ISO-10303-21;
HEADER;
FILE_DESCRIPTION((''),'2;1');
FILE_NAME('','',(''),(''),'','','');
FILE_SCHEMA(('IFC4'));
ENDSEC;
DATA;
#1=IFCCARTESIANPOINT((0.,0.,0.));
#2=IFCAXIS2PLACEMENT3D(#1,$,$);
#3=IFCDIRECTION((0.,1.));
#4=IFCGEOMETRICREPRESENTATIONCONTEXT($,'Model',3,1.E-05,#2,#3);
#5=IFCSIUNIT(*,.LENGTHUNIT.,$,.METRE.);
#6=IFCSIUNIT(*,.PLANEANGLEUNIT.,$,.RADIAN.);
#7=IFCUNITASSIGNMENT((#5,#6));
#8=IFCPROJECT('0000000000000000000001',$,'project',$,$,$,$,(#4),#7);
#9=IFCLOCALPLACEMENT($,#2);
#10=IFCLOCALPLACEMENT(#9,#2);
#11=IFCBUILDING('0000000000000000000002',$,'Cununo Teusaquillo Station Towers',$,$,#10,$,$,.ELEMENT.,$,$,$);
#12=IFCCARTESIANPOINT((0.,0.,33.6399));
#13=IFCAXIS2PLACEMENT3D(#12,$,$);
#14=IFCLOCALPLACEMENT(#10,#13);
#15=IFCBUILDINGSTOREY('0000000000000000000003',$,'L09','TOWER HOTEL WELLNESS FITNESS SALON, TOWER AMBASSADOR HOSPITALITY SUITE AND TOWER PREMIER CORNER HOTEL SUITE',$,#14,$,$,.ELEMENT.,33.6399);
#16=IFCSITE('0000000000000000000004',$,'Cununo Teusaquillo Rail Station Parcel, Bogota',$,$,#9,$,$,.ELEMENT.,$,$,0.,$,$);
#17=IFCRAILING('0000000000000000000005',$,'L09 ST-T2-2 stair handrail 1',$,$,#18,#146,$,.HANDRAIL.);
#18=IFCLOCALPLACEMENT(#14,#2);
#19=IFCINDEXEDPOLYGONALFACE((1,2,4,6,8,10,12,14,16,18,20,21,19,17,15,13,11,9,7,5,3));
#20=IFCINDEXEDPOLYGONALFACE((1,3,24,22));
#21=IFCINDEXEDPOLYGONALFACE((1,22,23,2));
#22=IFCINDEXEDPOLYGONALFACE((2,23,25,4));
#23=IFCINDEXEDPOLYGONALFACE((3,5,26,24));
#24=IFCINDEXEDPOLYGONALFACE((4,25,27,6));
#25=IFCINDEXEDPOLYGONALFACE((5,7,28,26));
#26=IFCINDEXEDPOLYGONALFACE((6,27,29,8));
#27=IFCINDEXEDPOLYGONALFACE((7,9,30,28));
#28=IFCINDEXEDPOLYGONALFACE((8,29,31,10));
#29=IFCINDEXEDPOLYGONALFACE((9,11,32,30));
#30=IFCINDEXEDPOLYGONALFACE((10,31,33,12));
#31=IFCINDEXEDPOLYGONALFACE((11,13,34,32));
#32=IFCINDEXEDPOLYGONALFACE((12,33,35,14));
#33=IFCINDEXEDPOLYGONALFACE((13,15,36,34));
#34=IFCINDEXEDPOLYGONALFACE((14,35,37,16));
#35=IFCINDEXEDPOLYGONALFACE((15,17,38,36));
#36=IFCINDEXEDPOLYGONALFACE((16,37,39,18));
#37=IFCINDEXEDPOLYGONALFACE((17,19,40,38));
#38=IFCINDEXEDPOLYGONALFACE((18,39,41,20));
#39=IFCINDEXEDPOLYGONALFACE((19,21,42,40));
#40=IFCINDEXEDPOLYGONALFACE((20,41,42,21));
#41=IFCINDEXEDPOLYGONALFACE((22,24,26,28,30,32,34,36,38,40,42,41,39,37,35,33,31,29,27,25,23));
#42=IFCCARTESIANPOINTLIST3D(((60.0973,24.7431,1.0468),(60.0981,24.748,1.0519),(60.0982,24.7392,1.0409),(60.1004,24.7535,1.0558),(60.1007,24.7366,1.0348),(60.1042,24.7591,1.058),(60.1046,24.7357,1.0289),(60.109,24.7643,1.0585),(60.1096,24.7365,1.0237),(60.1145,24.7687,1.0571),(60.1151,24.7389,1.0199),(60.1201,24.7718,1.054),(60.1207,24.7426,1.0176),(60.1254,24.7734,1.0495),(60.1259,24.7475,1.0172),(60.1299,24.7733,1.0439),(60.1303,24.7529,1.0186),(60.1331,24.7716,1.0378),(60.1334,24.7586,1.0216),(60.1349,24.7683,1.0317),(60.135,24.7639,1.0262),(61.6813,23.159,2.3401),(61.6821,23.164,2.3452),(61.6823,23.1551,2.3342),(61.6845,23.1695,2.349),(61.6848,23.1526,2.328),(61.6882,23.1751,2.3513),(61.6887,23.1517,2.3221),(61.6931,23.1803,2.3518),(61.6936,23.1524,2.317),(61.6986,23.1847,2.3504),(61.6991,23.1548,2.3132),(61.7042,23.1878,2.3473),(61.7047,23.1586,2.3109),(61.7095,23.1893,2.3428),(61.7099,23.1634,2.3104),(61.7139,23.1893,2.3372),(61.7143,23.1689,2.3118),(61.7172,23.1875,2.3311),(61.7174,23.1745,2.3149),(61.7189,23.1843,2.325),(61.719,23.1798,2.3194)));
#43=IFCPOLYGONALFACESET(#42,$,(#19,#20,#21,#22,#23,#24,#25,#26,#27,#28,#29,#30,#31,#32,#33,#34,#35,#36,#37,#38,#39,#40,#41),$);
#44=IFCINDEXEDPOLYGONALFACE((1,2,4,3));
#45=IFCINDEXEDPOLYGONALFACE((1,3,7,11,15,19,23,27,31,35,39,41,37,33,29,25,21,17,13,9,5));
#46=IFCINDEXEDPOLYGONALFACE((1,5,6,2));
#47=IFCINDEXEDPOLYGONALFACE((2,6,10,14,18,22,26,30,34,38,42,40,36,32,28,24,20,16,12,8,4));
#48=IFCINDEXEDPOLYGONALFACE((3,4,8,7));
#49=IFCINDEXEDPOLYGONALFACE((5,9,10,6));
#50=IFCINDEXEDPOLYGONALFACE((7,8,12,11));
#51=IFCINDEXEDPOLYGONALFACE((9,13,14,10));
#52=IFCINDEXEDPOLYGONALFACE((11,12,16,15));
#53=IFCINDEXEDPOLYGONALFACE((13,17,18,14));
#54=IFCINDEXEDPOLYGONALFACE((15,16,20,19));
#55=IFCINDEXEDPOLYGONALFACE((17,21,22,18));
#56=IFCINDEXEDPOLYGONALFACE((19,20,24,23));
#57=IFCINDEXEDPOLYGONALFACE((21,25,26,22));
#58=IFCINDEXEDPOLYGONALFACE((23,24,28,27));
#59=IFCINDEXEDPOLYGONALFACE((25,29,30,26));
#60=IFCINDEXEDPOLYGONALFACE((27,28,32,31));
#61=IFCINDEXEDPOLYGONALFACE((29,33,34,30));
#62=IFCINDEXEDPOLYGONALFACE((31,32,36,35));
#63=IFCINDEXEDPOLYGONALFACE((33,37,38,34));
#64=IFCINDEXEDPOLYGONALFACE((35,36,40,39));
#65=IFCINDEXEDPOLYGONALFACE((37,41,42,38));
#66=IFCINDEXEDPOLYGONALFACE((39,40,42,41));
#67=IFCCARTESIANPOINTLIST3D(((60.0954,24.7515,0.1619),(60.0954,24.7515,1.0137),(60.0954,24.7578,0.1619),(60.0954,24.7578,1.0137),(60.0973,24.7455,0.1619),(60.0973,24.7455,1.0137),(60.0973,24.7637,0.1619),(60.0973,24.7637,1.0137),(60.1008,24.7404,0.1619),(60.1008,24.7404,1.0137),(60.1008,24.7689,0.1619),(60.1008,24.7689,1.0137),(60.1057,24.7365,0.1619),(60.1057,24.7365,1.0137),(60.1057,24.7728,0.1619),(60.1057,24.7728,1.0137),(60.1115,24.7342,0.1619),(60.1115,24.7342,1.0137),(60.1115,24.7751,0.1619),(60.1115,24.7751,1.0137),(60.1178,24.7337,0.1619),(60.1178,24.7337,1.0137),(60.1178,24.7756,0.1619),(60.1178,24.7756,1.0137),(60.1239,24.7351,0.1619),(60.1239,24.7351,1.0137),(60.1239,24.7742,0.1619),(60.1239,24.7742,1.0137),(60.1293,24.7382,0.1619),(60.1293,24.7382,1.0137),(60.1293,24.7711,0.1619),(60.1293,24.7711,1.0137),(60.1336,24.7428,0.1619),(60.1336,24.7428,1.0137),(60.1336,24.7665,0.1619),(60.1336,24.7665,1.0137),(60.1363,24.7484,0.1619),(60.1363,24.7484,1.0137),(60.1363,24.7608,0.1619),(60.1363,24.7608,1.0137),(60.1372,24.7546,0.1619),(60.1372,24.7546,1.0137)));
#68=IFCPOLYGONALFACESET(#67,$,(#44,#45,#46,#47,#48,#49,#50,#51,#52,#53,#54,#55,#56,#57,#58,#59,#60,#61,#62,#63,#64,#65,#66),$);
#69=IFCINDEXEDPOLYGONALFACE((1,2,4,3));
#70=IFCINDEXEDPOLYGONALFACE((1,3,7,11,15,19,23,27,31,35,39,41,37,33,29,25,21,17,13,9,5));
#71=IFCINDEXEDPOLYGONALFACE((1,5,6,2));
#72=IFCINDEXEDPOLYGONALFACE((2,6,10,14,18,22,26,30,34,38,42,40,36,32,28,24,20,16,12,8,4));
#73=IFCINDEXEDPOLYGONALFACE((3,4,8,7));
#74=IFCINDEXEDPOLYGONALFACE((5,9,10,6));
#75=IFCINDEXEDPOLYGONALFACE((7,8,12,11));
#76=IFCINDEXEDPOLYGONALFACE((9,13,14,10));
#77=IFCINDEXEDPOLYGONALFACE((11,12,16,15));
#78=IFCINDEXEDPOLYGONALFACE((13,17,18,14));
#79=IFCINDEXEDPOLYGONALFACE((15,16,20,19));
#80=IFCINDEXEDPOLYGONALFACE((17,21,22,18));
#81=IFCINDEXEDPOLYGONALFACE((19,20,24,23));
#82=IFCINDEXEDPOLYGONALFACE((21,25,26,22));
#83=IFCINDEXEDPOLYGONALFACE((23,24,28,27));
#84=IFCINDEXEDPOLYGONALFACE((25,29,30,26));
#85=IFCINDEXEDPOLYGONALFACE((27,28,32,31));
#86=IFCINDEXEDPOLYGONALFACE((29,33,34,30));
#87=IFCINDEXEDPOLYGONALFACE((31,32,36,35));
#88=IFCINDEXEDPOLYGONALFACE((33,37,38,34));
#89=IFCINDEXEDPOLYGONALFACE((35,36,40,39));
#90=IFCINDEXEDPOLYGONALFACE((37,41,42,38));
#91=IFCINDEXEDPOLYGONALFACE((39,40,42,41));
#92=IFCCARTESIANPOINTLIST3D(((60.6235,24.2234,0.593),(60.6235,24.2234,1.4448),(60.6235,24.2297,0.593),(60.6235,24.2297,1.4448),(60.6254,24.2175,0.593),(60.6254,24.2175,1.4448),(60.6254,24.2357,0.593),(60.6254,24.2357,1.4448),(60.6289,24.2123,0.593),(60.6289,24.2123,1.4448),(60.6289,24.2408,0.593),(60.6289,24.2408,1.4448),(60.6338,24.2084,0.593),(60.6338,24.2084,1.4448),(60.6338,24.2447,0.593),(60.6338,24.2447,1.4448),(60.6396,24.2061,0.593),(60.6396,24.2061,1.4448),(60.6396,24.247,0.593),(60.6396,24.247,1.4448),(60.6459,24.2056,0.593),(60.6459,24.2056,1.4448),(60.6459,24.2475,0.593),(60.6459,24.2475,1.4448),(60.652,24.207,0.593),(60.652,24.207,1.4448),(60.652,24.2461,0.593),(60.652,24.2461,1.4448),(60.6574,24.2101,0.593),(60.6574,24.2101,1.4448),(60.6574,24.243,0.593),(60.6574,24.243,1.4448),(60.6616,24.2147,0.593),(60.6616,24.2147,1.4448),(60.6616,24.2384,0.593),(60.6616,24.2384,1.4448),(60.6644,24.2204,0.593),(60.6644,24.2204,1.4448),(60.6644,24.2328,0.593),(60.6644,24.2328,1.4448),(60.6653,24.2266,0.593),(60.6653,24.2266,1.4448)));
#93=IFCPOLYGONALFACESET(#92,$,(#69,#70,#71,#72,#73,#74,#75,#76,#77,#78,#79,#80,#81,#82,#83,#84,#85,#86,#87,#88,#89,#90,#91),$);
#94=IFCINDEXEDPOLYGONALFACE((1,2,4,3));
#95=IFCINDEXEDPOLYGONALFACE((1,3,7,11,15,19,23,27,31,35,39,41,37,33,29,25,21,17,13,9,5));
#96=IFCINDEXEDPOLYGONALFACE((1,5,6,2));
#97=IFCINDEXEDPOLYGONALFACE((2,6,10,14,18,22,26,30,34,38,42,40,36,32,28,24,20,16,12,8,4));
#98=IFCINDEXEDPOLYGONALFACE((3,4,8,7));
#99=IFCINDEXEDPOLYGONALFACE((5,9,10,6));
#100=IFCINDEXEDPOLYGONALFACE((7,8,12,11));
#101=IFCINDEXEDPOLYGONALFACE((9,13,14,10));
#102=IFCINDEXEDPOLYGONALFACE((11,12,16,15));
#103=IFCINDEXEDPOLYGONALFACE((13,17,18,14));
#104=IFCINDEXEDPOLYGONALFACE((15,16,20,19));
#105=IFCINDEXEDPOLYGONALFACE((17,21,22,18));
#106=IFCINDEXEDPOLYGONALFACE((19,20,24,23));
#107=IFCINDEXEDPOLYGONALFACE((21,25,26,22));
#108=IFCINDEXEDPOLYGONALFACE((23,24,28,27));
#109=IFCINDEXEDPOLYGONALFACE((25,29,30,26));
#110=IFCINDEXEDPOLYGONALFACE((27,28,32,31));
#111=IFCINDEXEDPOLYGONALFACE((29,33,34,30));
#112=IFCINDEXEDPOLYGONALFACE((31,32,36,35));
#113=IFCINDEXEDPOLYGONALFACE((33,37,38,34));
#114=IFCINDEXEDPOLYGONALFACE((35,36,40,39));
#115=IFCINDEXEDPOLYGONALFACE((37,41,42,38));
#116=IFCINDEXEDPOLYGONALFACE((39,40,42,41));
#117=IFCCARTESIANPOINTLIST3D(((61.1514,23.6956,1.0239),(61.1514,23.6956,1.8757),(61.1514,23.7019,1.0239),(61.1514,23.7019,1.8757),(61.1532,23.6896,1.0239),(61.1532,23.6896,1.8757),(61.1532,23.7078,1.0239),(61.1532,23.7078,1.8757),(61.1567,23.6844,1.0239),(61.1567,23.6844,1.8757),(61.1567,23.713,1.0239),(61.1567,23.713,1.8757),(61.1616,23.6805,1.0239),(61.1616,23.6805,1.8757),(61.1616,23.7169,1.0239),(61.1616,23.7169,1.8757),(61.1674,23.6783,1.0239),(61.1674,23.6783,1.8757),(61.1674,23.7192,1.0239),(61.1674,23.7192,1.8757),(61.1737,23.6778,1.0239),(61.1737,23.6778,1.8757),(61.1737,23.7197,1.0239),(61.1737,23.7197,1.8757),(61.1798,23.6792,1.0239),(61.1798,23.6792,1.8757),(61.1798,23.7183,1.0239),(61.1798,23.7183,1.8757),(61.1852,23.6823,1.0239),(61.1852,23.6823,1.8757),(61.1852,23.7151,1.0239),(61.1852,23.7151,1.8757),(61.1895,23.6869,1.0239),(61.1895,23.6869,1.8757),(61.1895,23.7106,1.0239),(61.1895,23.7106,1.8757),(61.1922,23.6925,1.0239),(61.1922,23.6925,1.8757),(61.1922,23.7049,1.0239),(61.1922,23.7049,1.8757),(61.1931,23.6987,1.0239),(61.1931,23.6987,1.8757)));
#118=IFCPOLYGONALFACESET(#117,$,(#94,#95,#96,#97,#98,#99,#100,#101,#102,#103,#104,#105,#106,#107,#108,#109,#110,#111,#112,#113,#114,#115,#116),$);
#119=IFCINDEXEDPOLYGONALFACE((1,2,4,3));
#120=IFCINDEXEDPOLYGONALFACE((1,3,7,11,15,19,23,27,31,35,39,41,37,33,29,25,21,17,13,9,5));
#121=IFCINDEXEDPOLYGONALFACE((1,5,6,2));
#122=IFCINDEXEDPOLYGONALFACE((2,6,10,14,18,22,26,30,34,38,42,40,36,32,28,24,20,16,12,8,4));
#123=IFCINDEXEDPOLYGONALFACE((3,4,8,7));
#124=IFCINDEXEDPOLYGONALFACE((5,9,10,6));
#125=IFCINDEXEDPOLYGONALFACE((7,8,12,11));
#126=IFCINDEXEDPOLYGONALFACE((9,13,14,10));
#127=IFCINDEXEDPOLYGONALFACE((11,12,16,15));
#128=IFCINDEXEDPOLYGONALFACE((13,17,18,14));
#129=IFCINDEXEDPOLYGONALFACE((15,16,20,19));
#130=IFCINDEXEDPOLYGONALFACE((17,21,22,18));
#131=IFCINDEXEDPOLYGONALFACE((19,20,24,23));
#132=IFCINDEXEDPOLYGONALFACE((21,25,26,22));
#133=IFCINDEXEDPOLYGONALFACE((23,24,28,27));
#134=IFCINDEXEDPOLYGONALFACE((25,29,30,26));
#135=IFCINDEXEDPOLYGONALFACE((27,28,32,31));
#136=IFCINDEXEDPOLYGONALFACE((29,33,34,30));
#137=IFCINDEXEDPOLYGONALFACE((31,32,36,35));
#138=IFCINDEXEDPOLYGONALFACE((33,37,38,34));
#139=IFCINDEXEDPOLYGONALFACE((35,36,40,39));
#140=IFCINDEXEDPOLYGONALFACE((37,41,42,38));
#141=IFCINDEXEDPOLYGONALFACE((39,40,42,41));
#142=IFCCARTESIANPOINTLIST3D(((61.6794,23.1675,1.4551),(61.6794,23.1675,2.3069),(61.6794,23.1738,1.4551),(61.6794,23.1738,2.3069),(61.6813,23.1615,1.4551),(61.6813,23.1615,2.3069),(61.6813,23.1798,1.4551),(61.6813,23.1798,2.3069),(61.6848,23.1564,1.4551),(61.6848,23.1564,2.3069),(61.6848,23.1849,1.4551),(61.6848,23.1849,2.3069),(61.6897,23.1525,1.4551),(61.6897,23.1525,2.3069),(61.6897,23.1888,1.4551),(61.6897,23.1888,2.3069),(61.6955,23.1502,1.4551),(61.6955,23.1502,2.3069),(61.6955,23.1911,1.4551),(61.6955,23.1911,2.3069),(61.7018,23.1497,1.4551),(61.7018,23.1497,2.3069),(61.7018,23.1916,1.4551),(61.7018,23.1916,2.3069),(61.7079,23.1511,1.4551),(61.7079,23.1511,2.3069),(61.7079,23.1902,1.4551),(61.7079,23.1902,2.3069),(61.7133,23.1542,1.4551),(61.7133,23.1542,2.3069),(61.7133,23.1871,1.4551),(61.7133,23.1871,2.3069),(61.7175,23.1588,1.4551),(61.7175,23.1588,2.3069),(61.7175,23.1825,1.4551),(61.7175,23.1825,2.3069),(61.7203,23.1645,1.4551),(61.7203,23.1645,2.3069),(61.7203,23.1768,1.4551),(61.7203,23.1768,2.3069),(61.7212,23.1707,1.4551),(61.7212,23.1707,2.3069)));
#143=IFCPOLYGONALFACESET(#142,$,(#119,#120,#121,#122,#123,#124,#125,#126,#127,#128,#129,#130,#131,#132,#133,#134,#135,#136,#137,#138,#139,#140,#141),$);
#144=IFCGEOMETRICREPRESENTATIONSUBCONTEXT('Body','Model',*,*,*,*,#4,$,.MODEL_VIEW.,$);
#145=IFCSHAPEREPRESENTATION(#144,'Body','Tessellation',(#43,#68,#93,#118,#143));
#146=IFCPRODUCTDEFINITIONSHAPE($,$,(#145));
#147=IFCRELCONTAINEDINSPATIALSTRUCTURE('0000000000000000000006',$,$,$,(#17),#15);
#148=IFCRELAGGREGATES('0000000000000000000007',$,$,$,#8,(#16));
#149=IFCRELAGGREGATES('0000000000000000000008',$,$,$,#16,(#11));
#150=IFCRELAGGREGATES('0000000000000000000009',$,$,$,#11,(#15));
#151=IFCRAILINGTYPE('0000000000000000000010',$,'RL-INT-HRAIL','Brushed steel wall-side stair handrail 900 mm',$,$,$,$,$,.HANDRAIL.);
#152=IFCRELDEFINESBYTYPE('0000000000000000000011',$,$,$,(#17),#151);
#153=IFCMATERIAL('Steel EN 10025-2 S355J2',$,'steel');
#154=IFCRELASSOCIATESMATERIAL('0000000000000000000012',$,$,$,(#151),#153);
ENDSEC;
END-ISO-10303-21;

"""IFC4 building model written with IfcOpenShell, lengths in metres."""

from ifc_helpers import new_model, si_unit, direction, frame, origin, origin_2d, place, context, subcontext, project, spatial, circle, extrude, material, type_object, element, save


model = new_model("IFC4")

# Units and contexts
model_context = context("Model", 3, precision=1e-05, world=origin(), true_north=direction((0.0, 1.0)))
body_context = subcontext(model_context, "Body", "Model", "MODEL_VIEW")
ifc_project = project(units=[si_unit("LENGTHUNIT", "METRE"), si_unit("PLANEANGLEUNIT", "RADIAN")], contexts=[model_context])

# Site, building, storey
site_placement = place(None, origin())
site = spatial("IfcSite", under=ifc_project, at=site_placement, Name="Cununo Teusaquillo Rail Station Parcel, Bogota", CompositionType="ELEMENT", RefElevation=0.0)
building_placement = place(site_placement, origin())
building = spatial("IfcBuilding", under=site, at=building_placement, Name="Cununo Teusaquillo Station Towers", CompositionType="ELEMENT")
storey_placement = place(building_placement, frame((0.0, 0.0, 33.6399)))
storey = spatial("IfcBuildingStorey", under=building, at=storey_placement, Name="L09", Description="TOWER HOTEL WELLNESS FITNESS SALON, TOWER AMBASSADOR HOSPITALITY SUITE AND TOWER PREMIER CORNER HOTEL SUITE", CompositionType="ELEMENT", Elevation=33.6399)

# Railing
ifc_material_1 = material(Name="Steel EN 10025-2 S355J2", Category="steel")
railing_type_1 = type_object("IfcRailingType", Name="RL-INT-HRAIL", Description="Brushed steel wall-side stair handrail 900 mm", PredefinedType="HANDRAIL", material=ifc_material_1)
railing_1_placement = place(storey_placement, frame((60.1162, 24.7546, 0.1619)))
element("IfcRailing", 1, at=railing_1_placement, inside=storey, type_object=railing_type_1, Name="L09 ST-T2-2 stair handrail 1", PredefinedType="HANDRAIL", context=body_context, shape_type="SweptSolid", body=[
    extrude(circle(Radius=0.0239, at=origin_2d()), frame((0.0, 0.0, 0.876), z_axis=(0.612385, -0.612385, 0.49997), x_axis=(0.707107, 0.707107, 0.0)), (0.0, 0.0, 1.0), 2.5867),
    extrude(circle(Radius=0.021, at=origin_2d()), origin(), (0.0, 0.0, 1.0), 0.8518),
    extrude(circle(Radius=0.021, at=origin_2d()), frame((0.5281, -0.5281, 0.4312)), (0.0, 0.0, 1.0), 0.8518),
    extrude(circle(Radius=0.021, at=origin_2d()), frame((1.0559, -1.0559, 0.8621)), (0.0, 0.0, 1.0), 0.8518),
    extrude(circle(Radius=0.021, at=origin_2d()), frame((1.584, -1.584, 1.2932)), (0.0, 0.0, 1.0), 0.8518),
])

save(model, "model.ifc")
